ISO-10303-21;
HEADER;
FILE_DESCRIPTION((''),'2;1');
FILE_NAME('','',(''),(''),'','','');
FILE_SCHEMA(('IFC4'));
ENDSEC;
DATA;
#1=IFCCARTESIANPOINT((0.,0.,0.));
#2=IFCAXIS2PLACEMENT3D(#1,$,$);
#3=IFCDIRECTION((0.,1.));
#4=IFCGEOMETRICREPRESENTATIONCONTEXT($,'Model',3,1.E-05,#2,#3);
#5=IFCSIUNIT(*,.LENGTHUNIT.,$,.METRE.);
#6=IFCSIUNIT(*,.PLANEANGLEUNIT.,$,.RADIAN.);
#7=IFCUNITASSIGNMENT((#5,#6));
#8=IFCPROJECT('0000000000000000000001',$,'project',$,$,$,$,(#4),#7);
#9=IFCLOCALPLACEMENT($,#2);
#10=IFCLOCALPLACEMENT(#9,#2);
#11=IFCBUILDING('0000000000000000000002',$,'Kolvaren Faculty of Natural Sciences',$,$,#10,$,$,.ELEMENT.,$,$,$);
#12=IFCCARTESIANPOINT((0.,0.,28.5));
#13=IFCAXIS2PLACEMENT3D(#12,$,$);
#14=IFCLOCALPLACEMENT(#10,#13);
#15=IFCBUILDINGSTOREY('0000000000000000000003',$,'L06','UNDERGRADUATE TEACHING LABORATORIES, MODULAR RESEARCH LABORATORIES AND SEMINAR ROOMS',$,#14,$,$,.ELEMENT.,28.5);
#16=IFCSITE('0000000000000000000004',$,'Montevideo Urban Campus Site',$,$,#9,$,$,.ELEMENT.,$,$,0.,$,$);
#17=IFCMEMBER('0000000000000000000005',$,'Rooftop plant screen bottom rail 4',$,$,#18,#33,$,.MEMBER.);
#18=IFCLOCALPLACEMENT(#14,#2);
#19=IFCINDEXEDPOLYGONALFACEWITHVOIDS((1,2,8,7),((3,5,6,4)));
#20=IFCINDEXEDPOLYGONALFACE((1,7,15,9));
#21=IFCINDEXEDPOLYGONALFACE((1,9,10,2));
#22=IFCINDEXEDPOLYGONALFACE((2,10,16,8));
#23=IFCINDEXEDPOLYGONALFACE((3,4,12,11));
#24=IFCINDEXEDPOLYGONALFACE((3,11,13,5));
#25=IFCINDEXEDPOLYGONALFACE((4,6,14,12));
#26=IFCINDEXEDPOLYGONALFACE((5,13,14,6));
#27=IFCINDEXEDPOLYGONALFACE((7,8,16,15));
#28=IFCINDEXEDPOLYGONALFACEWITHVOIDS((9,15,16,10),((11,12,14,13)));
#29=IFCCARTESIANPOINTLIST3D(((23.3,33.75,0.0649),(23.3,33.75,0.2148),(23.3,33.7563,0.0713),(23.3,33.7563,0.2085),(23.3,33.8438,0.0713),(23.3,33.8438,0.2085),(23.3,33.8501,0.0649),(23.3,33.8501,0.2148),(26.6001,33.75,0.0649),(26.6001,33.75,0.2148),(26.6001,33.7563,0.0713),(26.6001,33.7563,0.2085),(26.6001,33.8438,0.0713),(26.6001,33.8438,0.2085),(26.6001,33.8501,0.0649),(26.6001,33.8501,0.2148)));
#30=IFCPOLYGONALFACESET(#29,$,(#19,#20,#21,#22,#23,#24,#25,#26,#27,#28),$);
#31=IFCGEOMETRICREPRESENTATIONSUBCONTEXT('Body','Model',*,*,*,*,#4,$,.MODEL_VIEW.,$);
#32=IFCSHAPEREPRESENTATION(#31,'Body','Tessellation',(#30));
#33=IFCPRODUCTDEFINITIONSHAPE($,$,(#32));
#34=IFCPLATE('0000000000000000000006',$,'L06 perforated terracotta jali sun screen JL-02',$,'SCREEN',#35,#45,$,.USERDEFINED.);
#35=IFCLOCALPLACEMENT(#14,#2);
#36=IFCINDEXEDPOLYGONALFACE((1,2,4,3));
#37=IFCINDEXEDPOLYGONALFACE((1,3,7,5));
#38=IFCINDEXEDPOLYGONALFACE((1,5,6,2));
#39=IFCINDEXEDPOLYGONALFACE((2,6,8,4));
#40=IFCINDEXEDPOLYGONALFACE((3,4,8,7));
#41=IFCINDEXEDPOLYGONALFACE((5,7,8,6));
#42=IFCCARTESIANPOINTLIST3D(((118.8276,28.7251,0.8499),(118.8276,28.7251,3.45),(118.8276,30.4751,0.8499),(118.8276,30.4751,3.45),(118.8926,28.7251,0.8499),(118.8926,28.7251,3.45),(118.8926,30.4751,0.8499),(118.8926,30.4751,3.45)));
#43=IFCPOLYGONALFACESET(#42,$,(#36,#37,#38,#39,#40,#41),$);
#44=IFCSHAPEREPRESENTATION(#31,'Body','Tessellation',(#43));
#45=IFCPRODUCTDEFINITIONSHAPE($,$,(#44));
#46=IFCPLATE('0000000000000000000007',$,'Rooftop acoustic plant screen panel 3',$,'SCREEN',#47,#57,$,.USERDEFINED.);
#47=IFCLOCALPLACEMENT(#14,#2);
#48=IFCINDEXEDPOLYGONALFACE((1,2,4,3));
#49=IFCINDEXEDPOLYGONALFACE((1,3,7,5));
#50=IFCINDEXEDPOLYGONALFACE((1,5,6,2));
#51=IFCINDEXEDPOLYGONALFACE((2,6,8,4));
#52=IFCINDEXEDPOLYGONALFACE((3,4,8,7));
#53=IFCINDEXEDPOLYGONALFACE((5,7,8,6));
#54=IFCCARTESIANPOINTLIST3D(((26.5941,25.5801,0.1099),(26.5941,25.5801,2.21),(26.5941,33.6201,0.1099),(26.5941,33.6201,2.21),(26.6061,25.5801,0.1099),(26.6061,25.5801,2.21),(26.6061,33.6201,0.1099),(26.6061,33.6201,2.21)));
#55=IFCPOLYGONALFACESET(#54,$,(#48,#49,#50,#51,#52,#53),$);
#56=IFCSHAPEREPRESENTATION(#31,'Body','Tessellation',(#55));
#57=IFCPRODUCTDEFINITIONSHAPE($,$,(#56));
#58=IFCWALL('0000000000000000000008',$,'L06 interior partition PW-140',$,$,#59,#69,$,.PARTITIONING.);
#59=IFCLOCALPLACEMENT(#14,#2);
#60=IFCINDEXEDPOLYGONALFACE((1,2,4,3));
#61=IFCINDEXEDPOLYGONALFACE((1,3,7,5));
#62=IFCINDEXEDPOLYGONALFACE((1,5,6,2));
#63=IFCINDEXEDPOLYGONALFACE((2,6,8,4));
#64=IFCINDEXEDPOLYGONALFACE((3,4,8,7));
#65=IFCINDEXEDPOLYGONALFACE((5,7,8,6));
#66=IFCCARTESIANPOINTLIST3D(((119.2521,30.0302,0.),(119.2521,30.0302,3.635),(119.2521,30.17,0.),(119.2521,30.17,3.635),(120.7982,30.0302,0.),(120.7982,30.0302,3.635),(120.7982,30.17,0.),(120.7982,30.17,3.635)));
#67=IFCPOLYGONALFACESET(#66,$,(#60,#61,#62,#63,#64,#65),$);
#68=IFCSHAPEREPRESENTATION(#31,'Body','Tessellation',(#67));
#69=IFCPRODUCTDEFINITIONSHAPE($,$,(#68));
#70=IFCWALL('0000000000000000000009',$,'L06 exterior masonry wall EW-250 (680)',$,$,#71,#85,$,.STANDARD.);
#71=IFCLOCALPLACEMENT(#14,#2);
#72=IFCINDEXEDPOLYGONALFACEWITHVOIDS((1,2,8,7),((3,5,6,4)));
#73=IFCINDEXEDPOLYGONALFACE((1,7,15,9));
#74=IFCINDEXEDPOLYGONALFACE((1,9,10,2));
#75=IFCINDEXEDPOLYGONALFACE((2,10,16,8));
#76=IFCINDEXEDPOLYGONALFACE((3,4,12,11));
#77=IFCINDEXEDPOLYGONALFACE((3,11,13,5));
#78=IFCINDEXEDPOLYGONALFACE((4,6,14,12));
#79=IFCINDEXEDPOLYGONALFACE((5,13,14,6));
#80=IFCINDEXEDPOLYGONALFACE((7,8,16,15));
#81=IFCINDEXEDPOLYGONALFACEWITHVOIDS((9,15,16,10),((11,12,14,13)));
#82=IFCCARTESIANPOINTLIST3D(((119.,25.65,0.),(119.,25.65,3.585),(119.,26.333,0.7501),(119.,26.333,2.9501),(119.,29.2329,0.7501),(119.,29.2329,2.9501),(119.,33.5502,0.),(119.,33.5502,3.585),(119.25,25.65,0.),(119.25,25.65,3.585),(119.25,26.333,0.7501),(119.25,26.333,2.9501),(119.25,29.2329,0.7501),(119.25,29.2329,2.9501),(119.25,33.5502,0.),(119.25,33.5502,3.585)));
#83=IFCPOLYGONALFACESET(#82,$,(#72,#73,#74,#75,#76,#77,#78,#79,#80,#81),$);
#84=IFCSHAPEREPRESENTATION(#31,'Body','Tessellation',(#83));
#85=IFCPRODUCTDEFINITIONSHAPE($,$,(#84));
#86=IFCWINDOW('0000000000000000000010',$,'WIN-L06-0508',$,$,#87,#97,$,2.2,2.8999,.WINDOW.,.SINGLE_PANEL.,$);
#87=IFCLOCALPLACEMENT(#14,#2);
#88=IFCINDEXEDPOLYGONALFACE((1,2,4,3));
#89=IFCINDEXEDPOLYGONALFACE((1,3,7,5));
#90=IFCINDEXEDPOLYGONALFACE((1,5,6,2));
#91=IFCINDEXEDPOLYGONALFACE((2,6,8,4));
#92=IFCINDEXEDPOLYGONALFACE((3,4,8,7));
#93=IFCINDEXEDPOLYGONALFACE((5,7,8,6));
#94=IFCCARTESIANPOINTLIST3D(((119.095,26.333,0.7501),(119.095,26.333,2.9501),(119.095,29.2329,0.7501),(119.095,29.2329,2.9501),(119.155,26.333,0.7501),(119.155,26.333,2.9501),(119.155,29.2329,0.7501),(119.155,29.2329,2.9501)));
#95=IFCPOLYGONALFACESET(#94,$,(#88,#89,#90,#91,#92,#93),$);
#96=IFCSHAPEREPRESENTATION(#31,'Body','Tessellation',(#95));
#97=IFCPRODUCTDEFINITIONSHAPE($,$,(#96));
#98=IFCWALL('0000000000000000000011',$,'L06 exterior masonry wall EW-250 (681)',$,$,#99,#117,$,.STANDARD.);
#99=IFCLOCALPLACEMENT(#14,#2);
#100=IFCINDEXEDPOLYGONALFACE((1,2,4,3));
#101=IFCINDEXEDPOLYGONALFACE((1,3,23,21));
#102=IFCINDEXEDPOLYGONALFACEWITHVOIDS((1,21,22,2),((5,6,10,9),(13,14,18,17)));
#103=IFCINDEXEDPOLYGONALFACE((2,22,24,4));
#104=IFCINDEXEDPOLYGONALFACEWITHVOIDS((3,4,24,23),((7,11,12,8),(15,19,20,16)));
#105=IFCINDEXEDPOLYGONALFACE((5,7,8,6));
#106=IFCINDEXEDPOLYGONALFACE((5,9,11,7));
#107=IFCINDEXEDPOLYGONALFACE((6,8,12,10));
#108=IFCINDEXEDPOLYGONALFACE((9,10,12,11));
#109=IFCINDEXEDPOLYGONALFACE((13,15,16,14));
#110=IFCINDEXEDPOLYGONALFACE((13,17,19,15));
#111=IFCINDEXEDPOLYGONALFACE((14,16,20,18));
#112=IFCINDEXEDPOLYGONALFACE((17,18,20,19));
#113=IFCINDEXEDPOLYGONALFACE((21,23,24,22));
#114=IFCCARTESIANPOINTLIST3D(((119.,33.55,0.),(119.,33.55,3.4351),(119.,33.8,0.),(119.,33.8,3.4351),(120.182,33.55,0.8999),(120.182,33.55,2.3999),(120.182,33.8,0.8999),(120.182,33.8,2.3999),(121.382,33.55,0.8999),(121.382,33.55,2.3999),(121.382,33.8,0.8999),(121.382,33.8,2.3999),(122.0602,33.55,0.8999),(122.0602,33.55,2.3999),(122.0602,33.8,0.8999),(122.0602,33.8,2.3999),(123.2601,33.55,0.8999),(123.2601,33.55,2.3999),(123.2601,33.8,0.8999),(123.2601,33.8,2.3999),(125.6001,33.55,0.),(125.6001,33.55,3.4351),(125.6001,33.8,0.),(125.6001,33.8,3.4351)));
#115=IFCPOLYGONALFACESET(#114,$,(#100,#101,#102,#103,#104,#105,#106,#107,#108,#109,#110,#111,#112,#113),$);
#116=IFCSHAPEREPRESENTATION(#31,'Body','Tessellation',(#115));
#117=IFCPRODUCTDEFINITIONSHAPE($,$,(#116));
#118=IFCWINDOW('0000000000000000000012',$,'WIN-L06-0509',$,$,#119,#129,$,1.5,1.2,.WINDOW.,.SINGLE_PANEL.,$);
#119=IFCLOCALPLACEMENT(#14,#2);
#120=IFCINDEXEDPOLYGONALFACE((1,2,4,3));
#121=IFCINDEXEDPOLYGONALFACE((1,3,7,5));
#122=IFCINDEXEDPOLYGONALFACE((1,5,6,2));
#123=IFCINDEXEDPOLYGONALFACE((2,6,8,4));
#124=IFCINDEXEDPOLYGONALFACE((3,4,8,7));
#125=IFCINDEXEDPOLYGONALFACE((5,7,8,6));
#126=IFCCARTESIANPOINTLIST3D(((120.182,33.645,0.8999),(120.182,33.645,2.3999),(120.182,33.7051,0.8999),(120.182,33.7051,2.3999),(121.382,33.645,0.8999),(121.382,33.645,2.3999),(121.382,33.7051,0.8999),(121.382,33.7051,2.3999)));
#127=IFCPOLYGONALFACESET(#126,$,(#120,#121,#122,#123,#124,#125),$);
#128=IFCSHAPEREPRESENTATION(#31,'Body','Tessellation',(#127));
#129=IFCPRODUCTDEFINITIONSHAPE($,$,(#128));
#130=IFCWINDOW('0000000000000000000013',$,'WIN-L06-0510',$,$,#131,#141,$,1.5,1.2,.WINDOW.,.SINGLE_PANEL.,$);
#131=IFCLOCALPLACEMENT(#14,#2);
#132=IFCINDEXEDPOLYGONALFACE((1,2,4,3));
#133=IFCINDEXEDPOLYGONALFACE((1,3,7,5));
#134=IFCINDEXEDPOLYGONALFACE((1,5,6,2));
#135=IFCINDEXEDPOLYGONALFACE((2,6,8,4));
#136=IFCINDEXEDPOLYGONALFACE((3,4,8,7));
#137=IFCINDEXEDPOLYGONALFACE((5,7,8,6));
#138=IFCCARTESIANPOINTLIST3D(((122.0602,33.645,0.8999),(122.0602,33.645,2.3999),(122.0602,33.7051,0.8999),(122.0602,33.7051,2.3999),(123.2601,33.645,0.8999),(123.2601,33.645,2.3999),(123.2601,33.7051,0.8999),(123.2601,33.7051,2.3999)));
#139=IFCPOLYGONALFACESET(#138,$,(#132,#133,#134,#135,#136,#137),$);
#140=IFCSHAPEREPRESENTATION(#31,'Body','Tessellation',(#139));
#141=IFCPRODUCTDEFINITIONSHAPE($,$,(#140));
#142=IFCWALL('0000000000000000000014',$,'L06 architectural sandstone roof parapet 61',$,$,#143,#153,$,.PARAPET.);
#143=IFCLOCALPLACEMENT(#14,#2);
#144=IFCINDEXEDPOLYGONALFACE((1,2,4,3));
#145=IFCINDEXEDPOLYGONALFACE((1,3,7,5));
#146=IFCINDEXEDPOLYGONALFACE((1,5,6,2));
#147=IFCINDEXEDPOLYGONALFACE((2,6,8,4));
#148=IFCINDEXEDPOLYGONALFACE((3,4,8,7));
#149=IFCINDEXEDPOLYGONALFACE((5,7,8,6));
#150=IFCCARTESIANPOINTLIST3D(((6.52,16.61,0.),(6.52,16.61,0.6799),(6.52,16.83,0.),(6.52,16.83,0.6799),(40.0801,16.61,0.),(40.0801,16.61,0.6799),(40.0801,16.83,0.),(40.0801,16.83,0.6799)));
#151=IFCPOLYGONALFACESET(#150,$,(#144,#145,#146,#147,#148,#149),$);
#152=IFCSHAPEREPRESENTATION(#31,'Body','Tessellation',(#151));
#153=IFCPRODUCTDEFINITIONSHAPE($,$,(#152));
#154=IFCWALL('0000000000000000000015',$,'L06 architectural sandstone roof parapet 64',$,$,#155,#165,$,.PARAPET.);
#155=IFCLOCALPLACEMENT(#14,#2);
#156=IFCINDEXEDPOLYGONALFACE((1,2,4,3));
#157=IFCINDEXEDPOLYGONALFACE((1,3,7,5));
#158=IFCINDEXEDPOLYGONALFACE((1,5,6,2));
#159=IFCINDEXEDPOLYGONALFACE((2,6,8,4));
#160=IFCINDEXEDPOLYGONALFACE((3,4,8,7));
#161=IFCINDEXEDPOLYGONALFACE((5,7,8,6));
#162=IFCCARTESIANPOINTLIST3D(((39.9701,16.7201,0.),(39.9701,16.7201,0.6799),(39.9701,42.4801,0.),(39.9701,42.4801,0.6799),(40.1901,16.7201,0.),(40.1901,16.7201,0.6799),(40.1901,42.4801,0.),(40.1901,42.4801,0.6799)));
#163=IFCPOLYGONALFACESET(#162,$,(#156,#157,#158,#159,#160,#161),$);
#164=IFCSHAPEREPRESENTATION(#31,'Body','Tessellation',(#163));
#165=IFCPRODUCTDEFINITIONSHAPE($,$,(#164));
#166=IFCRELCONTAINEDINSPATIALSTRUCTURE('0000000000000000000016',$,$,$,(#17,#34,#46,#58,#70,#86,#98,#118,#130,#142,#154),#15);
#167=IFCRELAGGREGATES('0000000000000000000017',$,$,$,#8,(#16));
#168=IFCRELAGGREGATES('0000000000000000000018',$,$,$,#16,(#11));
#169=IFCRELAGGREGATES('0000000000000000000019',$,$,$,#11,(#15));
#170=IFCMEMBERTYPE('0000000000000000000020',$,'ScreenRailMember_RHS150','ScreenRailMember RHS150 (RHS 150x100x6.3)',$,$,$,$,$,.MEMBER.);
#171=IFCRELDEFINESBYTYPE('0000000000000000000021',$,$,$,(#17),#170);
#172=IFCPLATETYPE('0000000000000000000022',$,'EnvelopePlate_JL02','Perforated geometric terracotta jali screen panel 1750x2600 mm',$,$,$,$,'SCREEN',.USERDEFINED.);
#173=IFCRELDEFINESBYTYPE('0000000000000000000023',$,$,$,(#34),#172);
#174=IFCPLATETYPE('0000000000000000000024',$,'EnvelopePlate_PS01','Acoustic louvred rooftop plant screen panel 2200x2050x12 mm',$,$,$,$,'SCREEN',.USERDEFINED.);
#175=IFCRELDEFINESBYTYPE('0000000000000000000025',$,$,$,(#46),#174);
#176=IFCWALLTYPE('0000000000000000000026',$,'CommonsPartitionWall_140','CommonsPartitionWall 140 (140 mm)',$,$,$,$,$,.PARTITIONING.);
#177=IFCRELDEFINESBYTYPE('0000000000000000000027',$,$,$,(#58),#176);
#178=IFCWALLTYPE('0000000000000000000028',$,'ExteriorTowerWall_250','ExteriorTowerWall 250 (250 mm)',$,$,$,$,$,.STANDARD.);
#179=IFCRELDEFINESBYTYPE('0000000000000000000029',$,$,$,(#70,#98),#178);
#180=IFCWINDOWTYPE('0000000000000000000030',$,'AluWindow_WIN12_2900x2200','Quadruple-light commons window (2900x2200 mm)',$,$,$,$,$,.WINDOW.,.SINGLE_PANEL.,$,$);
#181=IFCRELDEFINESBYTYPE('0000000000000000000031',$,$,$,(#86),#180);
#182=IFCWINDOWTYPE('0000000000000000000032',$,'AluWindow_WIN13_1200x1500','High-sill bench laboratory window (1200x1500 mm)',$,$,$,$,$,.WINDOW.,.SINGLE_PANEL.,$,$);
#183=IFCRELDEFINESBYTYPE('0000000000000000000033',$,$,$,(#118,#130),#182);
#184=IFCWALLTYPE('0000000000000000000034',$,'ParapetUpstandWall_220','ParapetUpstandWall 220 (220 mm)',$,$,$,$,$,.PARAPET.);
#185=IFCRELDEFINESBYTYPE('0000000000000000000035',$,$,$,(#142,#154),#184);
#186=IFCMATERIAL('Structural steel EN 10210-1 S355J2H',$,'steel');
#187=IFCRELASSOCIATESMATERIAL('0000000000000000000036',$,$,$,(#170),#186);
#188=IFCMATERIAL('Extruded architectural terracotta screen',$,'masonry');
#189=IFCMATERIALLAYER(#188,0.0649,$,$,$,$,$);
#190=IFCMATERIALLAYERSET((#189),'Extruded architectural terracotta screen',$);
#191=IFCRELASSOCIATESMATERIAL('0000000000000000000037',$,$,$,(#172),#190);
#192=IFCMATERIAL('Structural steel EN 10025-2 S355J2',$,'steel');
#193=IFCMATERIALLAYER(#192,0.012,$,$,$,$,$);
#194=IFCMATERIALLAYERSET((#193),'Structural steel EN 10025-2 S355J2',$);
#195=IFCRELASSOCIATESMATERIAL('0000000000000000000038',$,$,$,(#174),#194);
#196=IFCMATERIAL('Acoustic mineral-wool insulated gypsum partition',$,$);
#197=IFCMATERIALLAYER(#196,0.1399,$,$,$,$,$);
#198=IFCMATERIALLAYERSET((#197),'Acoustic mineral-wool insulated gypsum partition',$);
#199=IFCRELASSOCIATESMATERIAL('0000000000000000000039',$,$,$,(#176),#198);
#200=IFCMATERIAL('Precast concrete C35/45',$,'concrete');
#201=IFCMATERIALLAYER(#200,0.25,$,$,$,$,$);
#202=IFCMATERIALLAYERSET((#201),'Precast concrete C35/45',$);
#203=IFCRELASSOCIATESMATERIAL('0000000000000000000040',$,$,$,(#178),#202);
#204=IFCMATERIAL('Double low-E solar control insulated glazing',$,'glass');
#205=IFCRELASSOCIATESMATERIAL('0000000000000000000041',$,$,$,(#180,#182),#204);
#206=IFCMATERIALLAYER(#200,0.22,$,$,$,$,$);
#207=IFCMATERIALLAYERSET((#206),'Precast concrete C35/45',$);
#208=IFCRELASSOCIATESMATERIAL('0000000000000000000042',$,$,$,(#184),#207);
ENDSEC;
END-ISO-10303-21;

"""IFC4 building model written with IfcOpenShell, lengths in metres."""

from ifc_helpers import new_model, si_unit, direction, frame, frame_2d, origin, origin_2d, place, context, subcontext, project, spatial, rectangle, hollow_rectangle, extrude, material, layer, layer_set, material_profile, profile_set, type_object, element, fill, save


model = new_model("IFC4")

# Units and contexts
model_context = context("Model", 3, precision=1e-05, world=origin(), true_north=direction((0.0, 1.0)))
body_context = subcontext(model_context, "Body", "Model", "MODEL_VIEW")
ifc_project = project(units=[si_unit("LENGTHUNIT", "METRE"), si_unit("PLANEANGLEUNIT", "RADIAN")], contexts=[model_context])

# Site, building, storey
site_placement = place(None, origin())
site = spatial("IfcSite", under=ifc_project, at=site_placement, Name="Montevideo Urban Campus Site", CompositionType="ELEMENT", RefElevation=0.0)
building_placement = place(site_placement, origin())
building = spatial("IfcBuilding", under=site, at=building_placement, Name="Kolvaren Faculty of Natural Sciences", CompositionType="ELEMENT")
storey_placement = place(building_placement, frame((0.0, 0.0, 28.5)))
storey = spatial("IfcBuildingStorey", under=building, at=storey_placement, Name="L06", Description="UNDERGRADUATE TEACHING LABORATORIES, MODULAR RESEARCH LABORATORIES AND SEMINAR ROOMS", CompositionType="ELEMENT", Elevation=28.5)

# Shared definitions
ifc_material_1 = material(Name="Structural steel EN 10025-2 S355J2", Category="steel")

# Member
ifc_material_2 = material(Name="Structural steel EN 10210-1 S355J2H", Category="steel")
ifc_material_profile_1 = material_profile(ifc_material_2, hollow_rectangle(XDim=0.1001, YDim=0.1499, WallThickness=0.0063, at=origin_2d()), Name="RHS 150x100x6.3")
ifc_profile_set_1 = profile_set([ifc_material_profile_1], Name="Structural steel EN 10210-1 S355J2H")
member_type = type_object("IfcMemberType", Name="ScreenRailMember_RHS150", Description="ScreenRailMember RHS150 (RHS 150x100x6.3)", PredefinedType="MEMBER", material=ifc_profile_set_1)
member_1_placement = place(storey_placement, frame((26.6001, 33.8, 0.1399), z_axis=(-1.0, 0.0, 0.0), x_axis=(0.0, -1.0, 0.0)))
element("IfcMember", 1, at=member_1_placement, inside=storey, type_object=member_type, Name="Rooftop plant screen bottom rail 4", PredefinedType="MEMBER", context=body_context, shape_type="SweptSolid", body=[
    extrude(hollow_rectangle(XDim=0.1001, YDim=0.1499, WallThickness=0.0063, at=origin_2d()), origin(), (0.0, 0.0, 1.0), 3.3),
])

# Plates
ifc_material_3 = material(Name="Extruded architectural terracotta screen", Category="masonry")
ifc_layer_1 = layer(ifc_material_3, 0.0649)
ifc_layer_set_1 = layer_set([ifc_layer_1], Name="Extruded architectural terracotta screen")
plate_type_1 = type_object("IfcPlateType", Name="EnvelopePlate_JL02", Description="Perforated geometric terracotta jali screen panel 1750x2600 mm", ElementType="SCREEN", PredefinedType="USERDEFINED", material=ifc_layer_set_1)
plate_1_placement = place(storey_placement, frame((118.8601, 29.6001, 0.8499), z_axis=(0.0, 0.0, 1.0), x_axis=(0.0, 1.0, 0.0)))
element("IfcPlate", 2, at=plate_1_placement, inside=storey, type_object=plate_type_1, Name="L06 perforated terracotta jali sun screen JL-02", ObjectType="SCREEN", PredefinedType="USERDEFINED", context=body_context, shape_type="SweptSolid", body=[
    extrude(rectangle(XDim=1.75, YDim=0.0649, at=origin_2d()), origin(), (0.0, 0.0, 1.0), 2.6001),
])
ifc_layer_2 = layer(ifc_material_1, 0.012)
ifc_layer_set_2 = layer_set([ifc_layer_2], Name="Structural steel EN 10025-2 S355J2")
plate_type_2 = type_object("IfcPlateType", Name="EnvelopePlate_PS01", Description="Acoustic louvred rooftop plant screen panel 2200x2050x12 mm", ElementType="SCREEN", PredefinedType="USERDEFINED", material=ifc_layer_set_2)
plate_2_placement = place(storey_placement, frame((26.6001, 29.6001, 0.1099), z_axis=(0.0, 0.0, 1.0), x_axis=(0.0, 1.0, 0.0)))
element("IfcPlate", 3, at=plate_2_placement, inside=storey, type_object=plate_type_2, Name="Rooftop acoustic plant screen panel 3", ObjectType="SCREEN", PredefinedType="USERDEFINED", context=body_context, shape_type="SweptSolid", body=[
    extrude(rectangle(XDim=8.04, YDim=0.012, at=origin_2d()), origin(), (0.0, 0.0, 1.0), 2.1001),
])

# Wall
ifc_material_4 = material(Name="Acoustic mineral-wool insulated gypsum partition")
ifc_layer_3 = layer(ifc_material_4, 0.1399)
ifc_layer_set_3 = layer_set([ifc_layer_3], Name="Acoustic mineral-wool insulated gypsum partition")
wall_type_1 = type_object("IfcWallType", Name="CommonsPartitionWall_140", Description="CommonsPartitionWall 140 (140 mm)", PredefinedType="PARTITIONING", material=ifc_layer_set_3)
wall_1_placement = place(storey_placement, frame((120.7981, 30.1001, 0.0), z_axis=(0.0, 0.0, 1.0), x_axis=(-1.0, 0.0, 0.0)))
element("IfcWall", 4, at=wall_1_placement, inside=storey, type_object=wall_type_1, Name="L06 interior partition PW-140", PredefinedType="PARTITIONING", context=body_context, shape_type="SweptSolid", body=[
    extrude(rectangle(XDim=1.5461, YDim=0.1399, at=frame_2d((0.7729, 0.0))), origin(), (0.0, 0.0, 1.0), 3.635),
])

# Wall, opening, window
ifc_material_5 = material(Name="Precast concrete C35/45", Category="concrete")
ifc_layer_4 = layer(ifc_material_5, 0.25)
ifc_layer_set_4 = layer_set([ifc_layer_4], Name="Precast concrete C35/45")
wall_type_2 = type_object("IfcWallType", Name="ExteriorTowerWall_250", Description="ExteriorTowerWall 250 (250 mm)", PredefinedType="STANDARD", material=ifc_layer_set_4)
wall_2_placement = place(storey_placement, frame((119.125, 25.6499, 0.0), z_axis=(0.0, 0.0, 1.0), x_axis=(0.0, 1.0, 0.0)))
wall_2 = element("IfcWall", 5, at=wall_2_placement, inside=storey, type_object=wall_type_2, Name="L06 exterior masonry wall EW-250 (680)", PredefinedType="STANDARD", context=body_context, shape_type="SweptSolid", body=[
    extrude(rectangle(XDim=7.9001, YDim=0.25, at=frame_2d((3.9502, 0.0))), origin(), (0.0, 0.0, 1.0), 3.585),
])
opening_1_placement = place(wall_2_placement, frame((0.6831, 0.0, 0.75)))
opening_1 = element("IfcOpeningElement", 6, at=opening_1_placement, cuts=wall_2, PredefinedType="OPENING", context=body_context, shape_type="SweptSolid", body=[
    extrude(rectangle(XDim=2.8999, YDim=2.2, at=frame_2d((1.45, 1.1001))), frame((0.0, 0.135, 0.0), z_axis=(0.0, -1.0, 0.0), x_axis=(1.0, 0.0, 0.0)), (0.0, 0.0, 1.0), 0.27),
])
ifc_material_6 = material(Name="Double low-E solar control insulated glazing", Category="glass")
window_type_1 = type_object("IfcWindowType", Name="AluWindow_WIN12_2900x2200", Description="Quadruple-light commons window (2900x2200 mm)", PartitioningType="SINGLE_PANEL", PredefinedType="WINDOW", material=ifc_material_6)
window_1_placement = place(opening_1_placement, origin())
window_1 = element("IfcWindow", 7, at=window_1_placement, inside=storey, type_object=window_type_1, Name="WIN-L06-0508", OverallHeight=2.2, OverallWidth=2.8999, PartitioningType="SINGLE_PANEL", PredefinedType="WINDOW", context=body_context, shape_type="SweptSolid", body=[
    extrude(rectangle(XDim=2.8999, YDim=2.2, at=frame_2d((1.45, 1.1001))), frame((0.0, 0.03, 0.0), z_axis=(0.0, -1.0, 0.0), x_axis=(1.0, 0.0, 0.0)), (0.0, 0.0, 1.0), 0.0601),
])
fill(opening_1, window_1)

# Wall, openings, windows
wall_3_placement = place(storey_placement, frame((119.0, 33.675, 0.0), z_axis=(0.0, 0.0, 1.0), x_axis=(1.0, 0.0, 0.0)))
wall_3 = element("IfcWall", 8, at=wall_3_placement, inside=storey, type_object=wall_type_2, Name="L06 exterior masonry wall EW-250 (681)", PredefinedType="STANDARD", context=body_context, shape_type="SweptSolid", body=[
    extrude(rectangle(XDim=6.6001, YDim=0.25, at=frame_2d((3.3, 0.0))), origin(), (0.0, 0.0, 1.0), 3.4351),
])
opening_2_placement = place(wall_3_placement, frame((1.1819, 0.0, 0.8999)))
opening_2 = element("IfcOpeningElement", 9, at=opening_2_placement, cuts=wall_3, PredefinedType="OPENING", context=body_context, shape_type="SweptSolid", body=[
    extrude(rectangle(XDim=1.2, YDim=1.5, at=frame_2d((0.6001, 0.75))), frame((0.0, 0.135, 0.0), z_axis=(0.0, -1.0, 0.0), x_axis=(1.0, 0.0, 0.0)), (0.0, 0.0, 1.0), 0.27),
])
opening_3_placement = place(wall_3_placement, frame((3.0601, 0.0, 0.8999)))
opening_3 = element("IfcOpeningElement", 10, at=opening_3_placement, cuts=wall_3, PredefinedType="OPENING", context=body_context, shape_type="SweptSolid", body=[
    extrude(rectangle(XDim=1.2, YDim=1.5, at=frame_2d((0.6001, 0.75))), frame((0.0, 0.135, 0.0), z_axis=(0.0, -1.0, 0.0), x_axis=(1.0, 0.0, 0.0)), (0.0, 0.0, 1.0), 0.27),
])
window_type_2 = type_object("IfcWindowType", Name="AluWindow_WIN13_1200x1500", Description="High-sill bench laboratory window (1200x1500 mm)", PartitioningType="SINGLE_PANEL", PredefinedType="WINDOW", material=ifc_material_6)
window_2_placement = place(opening_2_placement, origin())
window_2 = element("IfcWindow", 11, at=window_2_placement, inside=storey, type_object=window_type_2, Name="WIN-L06-0509", OverallHeight=1.5, OverallWidth=1.2, PartitioningType="SINGLE_PANEL", PredefinedType="WINDOW", context=body_context, shape_type="SweptSolid", body=[
    extrude(rectangle(XDim=1.2, YDim=1.5, at=frame_2d((0.6001, 0.75))), frame((0.0, 0.03, 0.0), z_axis=(0.0, -1.0, 0.0), x_axis=(1.0, 0.0, 0.0)), (0.0, 0.0, 1.0), 0.0601),
])
fill(opening_2, window_2)
window_3_placement = place(opening_3_placement, origin())
window_3 = element("IfcWindow", 12, at=window_3_placement, inside=storey, type_object=window_type_2, Name="WIN-L06-0510", OverallHeight=1.5, OverallWidth=1.2, PartitioningType="SINGLE_PANEL", PredefinedType="WINDOW", context=body_context, shape_type="SweptSolid", body=[
    extrude(rectangle(XDim=1.2, YDim=1.5, at=frame_2d((0.6001, 0.75))), frame((0.0, 0.03, 0.0), z_axis=(0.0, -1.0, 0.0), x_axis=(1.0, 0.0, 0.0)), (0.0, 0.0, 1.0), 0.0601),
])
fill(opening_3, window_3)

# Walls
ifc_layer_5 = layer(ifc_material_5, 0.22)
ifc_layer_set_5 = layer_set([ifc_layer_5], Name="Precast concrete C35/45")
wall_type_3 = type_object("IfcWallType", Name="ParapetUpstandWall_220", Description="ParapetUpstandWall 220 (220 mm)", PredefinedType="PARAPET", material=ifc_layer_set_5)
wall_4_placement = place(storey_placement, frame((40.0801, 16.72, 0.0), z_axis=(0.0, 0.0, 1.0), x_axis=(-1.0, 0.0, 0.0)))
element("IfcWall", 13, at=wall_4_placement, inside=storey, type_object=wall_type_3, Name="L06 architectural sandstone roof parapet 61", PredefinedType="PARAPET", context=body_context, shape_type="SweptSolid", body=[
    extrude(rectangle(XDim=33.5601, YDim=0.22, at=frame_2d((16.78, 0.0))), origin(), (0.0, 0.0, 1.0), 0.6799),
])
wall_5_placement = place(storey_placement, frame((40.0801, 42.48, 0.0), z_axis=(0.0, 0.0, 1.0), x_axis=(0.0, -1.0, 0.0)))
element("IfcWall", 14, at=wall_5_placement, inside=storey, type_object=wall_type_3, Name="L06 architectural sandstone roof parapet 64", PredefinedType="PARAPET", context=body_context, shape_type="SweptSolid", body=[
    extrude(rectangle(XDim=25.76, YDim=0.22, at=frame_2d((12.8799, 0.0))), origin(), (0.0, 0.0, 1.0), 0.6799),
])

save(model, "model.ifc")
